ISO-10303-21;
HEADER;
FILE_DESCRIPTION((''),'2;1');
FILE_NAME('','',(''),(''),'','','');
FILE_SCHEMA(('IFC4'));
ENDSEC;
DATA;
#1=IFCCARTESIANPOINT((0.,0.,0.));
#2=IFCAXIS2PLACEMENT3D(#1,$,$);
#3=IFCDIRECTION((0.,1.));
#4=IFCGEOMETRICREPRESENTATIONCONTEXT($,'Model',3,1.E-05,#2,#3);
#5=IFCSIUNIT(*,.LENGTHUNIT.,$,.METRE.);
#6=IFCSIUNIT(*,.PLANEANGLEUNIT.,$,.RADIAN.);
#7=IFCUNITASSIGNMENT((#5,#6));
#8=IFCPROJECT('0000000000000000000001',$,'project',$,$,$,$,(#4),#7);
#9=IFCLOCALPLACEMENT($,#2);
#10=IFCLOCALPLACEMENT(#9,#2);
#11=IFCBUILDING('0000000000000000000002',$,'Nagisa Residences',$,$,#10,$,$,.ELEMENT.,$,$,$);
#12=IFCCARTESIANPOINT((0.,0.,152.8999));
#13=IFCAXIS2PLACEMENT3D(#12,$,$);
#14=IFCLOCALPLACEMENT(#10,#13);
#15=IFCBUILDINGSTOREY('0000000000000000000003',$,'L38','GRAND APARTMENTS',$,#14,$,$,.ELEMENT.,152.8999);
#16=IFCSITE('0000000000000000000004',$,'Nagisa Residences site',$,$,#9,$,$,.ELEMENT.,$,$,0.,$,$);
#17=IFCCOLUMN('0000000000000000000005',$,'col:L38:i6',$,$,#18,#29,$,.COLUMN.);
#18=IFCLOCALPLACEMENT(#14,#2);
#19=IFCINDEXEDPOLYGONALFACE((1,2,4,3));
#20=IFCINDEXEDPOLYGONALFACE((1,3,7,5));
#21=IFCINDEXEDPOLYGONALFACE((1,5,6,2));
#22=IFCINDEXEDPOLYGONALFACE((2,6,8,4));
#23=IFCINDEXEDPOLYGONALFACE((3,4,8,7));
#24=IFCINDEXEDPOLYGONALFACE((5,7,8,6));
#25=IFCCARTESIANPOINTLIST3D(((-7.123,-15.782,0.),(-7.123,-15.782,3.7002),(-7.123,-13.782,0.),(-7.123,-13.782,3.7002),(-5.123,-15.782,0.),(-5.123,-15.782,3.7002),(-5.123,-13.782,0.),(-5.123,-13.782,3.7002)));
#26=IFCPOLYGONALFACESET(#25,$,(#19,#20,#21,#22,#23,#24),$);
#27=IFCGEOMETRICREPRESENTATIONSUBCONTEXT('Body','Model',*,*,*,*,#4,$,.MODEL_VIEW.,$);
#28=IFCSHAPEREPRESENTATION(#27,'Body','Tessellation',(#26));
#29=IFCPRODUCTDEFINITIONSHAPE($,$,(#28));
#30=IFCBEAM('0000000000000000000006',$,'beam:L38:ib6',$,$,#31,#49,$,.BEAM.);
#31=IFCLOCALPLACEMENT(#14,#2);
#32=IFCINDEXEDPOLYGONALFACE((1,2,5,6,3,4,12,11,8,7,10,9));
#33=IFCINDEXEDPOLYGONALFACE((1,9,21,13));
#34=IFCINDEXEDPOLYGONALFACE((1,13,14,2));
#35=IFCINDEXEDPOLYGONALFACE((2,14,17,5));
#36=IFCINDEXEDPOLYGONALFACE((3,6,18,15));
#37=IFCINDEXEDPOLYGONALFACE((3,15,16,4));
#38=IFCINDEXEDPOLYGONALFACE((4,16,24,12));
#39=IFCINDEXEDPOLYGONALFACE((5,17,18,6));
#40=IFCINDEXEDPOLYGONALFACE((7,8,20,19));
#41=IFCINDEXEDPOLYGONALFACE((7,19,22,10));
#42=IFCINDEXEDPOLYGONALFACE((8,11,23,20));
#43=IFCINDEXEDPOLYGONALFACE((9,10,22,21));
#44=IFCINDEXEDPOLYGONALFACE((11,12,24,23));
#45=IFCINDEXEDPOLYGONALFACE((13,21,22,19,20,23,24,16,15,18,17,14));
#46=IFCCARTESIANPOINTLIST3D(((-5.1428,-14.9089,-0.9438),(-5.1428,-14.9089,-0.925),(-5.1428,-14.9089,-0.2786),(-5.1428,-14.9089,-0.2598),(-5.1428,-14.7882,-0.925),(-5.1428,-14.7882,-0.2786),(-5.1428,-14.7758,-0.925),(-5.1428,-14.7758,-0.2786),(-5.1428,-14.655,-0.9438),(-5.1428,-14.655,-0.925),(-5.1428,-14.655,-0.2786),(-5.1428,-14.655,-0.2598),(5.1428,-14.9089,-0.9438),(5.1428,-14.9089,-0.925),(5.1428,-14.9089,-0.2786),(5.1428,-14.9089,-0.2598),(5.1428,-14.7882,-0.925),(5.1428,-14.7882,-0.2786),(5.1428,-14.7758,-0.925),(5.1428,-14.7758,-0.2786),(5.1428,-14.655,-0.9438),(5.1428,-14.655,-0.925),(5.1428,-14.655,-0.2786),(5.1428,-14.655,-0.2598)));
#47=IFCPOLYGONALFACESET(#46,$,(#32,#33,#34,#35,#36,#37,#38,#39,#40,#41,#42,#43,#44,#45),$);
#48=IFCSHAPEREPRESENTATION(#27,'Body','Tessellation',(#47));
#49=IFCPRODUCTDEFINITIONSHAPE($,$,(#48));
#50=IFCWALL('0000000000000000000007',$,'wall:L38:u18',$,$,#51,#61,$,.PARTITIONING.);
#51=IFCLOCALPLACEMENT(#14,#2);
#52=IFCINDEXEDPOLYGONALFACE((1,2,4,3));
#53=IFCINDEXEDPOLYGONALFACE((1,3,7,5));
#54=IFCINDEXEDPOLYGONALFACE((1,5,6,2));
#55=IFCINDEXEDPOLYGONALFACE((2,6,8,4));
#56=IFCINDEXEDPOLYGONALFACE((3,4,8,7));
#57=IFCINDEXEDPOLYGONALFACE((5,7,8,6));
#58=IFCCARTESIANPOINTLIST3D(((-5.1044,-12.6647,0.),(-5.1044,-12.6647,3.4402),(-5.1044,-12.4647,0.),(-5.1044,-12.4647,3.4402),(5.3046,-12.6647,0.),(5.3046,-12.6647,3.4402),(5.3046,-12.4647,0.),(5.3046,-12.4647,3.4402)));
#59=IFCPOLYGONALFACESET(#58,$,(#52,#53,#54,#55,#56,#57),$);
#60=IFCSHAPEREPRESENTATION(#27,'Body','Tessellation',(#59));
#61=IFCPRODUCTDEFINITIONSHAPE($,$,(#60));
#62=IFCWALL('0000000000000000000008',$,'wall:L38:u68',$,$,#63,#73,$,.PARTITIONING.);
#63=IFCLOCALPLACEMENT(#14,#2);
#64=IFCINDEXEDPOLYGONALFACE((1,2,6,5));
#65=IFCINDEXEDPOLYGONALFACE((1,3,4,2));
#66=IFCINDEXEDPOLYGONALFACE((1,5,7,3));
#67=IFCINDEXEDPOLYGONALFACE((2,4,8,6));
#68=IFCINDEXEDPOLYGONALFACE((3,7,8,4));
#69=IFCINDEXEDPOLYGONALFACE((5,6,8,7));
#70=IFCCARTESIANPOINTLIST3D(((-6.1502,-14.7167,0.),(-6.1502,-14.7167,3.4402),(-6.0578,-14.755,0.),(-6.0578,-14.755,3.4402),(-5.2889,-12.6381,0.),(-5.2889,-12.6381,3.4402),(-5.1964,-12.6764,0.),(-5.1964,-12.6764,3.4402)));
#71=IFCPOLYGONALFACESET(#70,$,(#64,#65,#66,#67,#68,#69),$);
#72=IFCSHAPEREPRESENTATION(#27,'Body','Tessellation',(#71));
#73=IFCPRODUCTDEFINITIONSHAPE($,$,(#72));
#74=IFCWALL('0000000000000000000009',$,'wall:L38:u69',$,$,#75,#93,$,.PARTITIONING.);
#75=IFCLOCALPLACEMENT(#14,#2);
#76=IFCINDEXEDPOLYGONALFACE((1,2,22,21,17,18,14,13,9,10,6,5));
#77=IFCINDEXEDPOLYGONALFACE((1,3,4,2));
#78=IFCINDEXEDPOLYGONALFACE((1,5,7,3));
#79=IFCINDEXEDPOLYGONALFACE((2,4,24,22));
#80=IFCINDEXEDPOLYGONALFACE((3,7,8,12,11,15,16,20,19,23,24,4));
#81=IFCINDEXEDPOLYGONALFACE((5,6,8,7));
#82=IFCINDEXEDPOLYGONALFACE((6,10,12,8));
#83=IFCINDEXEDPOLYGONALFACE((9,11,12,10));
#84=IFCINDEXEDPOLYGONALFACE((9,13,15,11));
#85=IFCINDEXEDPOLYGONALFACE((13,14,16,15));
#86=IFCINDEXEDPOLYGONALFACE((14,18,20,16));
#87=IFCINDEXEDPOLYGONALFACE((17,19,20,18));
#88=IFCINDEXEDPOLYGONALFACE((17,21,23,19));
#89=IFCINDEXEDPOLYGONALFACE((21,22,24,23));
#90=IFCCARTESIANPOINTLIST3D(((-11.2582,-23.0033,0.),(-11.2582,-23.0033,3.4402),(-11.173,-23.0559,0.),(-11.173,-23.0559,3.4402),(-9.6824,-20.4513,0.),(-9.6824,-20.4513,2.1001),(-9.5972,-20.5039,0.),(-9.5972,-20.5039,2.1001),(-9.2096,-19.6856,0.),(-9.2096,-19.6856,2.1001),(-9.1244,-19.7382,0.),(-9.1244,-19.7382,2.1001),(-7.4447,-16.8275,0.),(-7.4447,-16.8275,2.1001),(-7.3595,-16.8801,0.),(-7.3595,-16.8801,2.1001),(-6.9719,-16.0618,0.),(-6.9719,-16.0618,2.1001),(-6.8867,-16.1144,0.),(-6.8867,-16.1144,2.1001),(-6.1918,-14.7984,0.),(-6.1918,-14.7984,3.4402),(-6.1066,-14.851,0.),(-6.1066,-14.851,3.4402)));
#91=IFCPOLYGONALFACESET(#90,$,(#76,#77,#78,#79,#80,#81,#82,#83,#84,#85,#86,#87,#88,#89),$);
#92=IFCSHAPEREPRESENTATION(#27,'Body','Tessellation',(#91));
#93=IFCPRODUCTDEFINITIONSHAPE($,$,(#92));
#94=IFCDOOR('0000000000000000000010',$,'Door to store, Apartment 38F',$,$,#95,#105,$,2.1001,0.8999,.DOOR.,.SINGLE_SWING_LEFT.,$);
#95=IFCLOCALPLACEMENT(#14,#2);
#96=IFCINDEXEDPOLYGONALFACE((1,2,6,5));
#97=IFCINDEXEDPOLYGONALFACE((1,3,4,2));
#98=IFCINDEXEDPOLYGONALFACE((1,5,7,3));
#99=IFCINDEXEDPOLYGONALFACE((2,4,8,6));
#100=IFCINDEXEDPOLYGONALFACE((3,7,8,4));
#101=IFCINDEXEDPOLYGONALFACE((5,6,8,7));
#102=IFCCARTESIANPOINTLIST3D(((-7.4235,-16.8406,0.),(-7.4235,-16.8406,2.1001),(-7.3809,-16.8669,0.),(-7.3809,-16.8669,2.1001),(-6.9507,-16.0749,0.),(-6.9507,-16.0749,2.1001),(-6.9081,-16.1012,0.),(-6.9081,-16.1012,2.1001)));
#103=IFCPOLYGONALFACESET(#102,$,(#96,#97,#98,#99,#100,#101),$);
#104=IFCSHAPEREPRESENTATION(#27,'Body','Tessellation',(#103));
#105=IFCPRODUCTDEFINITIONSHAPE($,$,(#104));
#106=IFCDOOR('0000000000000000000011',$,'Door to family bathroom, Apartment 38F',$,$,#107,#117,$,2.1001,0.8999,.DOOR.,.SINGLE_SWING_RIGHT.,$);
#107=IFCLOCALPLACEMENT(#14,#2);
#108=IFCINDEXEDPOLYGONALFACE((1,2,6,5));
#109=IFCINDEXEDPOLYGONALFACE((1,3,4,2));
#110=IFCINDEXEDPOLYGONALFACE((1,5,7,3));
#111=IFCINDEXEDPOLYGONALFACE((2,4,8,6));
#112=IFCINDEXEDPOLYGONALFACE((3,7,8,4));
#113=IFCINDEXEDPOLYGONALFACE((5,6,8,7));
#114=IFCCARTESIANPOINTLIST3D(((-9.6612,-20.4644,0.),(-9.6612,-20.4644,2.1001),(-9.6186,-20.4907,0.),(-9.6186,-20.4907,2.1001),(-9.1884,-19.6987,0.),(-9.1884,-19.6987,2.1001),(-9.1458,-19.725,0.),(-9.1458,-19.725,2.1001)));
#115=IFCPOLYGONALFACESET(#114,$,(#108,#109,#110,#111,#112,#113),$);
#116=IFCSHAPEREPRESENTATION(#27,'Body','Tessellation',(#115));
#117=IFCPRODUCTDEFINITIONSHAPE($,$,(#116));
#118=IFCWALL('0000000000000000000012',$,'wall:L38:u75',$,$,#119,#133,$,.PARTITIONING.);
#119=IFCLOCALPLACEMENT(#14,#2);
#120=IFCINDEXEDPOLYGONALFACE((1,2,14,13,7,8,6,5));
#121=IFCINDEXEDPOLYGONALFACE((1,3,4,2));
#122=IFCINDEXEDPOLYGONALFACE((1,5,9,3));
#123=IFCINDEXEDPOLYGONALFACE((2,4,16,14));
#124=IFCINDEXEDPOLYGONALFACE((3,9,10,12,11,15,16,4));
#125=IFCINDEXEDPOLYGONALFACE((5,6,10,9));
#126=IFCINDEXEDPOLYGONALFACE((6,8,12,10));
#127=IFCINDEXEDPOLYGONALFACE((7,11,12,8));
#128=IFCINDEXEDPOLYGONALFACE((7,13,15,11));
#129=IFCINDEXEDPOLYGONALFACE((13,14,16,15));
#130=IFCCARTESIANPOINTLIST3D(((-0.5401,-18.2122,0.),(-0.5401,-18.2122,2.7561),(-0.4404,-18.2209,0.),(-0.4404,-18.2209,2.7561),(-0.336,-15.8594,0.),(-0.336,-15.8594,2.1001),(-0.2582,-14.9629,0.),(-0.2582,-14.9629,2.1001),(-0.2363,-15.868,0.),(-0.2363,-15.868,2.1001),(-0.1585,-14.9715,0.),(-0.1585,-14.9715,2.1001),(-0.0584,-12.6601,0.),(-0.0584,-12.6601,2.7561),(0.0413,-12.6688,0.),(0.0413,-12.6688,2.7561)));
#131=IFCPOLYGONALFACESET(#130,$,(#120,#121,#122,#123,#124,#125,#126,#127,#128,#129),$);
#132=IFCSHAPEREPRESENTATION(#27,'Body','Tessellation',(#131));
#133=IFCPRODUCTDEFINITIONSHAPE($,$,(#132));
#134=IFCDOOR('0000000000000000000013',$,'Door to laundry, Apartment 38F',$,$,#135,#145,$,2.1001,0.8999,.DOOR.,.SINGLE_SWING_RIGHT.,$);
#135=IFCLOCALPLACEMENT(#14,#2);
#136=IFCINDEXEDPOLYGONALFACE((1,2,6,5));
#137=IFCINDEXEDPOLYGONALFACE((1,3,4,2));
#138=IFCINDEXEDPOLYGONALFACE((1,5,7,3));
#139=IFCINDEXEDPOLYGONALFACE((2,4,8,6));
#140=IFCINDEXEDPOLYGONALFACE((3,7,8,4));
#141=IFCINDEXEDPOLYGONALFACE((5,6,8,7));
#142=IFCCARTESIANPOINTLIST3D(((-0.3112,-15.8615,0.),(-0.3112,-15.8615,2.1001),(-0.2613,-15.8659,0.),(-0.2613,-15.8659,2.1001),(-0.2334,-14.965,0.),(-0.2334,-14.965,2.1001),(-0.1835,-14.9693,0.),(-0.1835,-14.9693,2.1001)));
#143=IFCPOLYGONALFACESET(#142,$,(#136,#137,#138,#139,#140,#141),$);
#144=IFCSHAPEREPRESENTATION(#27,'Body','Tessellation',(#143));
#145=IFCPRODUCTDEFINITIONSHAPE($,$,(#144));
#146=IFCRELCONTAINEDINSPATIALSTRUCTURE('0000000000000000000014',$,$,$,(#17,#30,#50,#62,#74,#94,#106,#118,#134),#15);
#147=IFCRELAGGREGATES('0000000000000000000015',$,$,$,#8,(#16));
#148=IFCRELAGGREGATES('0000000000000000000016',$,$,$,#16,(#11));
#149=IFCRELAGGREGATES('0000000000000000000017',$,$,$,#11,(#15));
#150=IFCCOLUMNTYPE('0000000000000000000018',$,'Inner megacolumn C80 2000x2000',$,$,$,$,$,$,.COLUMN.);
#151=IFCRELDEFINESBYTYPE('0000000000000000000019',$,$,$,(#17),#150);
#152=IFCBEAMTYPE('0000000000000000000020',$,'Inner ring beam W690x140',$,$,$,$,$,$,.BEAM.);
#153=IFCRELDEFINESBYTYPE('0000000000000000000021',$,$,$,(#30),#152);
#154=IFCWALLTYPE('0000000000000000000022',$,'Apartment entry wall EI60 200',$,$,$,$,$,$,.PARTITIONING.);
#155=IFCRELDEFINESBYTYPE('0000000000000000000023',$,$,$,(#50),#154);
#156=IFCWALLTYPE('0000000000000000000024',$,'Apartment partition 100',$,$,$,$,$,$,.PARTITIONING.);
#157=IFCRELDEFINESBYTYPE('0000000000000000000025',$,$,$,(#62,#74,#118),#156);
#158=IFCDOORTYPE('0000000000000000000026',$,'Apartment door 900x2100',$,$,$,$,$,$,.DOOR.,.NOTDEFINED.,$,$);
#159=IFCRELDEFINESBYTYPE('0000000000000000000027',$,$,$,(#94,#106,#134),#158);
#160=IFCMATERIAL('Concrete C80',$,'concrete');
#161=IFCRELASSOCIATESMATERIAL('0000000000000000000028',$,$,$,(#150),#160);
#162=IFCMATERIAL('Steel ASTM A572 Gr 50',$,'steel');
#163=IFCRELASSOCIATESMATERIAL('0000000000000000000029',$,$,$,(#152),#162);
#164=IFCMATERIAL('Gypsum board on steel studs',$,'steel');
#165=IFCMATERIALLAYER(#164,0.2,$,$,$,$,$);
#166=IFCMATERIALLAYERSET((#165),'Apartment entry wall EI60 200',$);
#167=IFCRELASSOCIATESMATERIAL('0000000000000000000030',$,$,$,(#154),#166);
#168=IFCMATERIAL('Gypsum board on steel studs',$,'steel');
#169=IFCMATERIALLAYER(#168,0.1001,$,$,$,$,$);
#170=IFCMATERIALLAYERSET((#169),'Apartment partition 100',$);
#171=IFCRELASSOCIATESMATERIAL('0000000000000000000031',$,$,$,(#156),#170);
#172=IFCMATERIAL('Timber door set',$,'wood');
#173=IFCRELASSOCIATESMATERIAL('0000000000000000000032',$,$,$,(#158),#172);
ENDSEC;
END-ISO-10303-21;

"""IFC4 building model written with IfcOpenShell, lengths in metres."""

from ifc_helpers import new_model, si_unit, direction, frame, frame_2d, origin, origin_2d, place, context, subcontext, project, spatial, rectangle, i_section, extrude, material, layer, layer_set, material_profile, profile_set, type_object, element, fill, save


model = new_model("IFC4")

# Units and contexts
model_context = context("Model", 3, precision=1e-05, world=origin(), true_north=direction((0.0, 1.0)))
body_context = subcontext(model_context, "Body", "Model", "MODEL_VIEW")
ifc_project = project(units=[si_unit("LENGTHUNIT", "METRE"), si_unit("PLANEANGLEUNIT", "RADIAN")], contexts=[model_context])

# Site, building, storey
site_placement = place(None, origin())
site = spatial("IfcSite", under=ifc_project, at=site_placement, Name="Nagisa Residences site", CompositionType="ELEMENT", RefElevation=0.0)
building_placement = place(site_placement, origin())
building = spatial("IfcBuilding", under=site, at=building_placement, Name="Nagisa Residences", CompositionType="ELEMENT")
storey_placement = place(building_placement, frame((0.0, 0.0, 152.8999)))
storey = spatial("IfcBuildingStorey", under=building, at=storey_placement, Name="L38", Description="GRAND APARTMENTS", CompositionType="ELEMENT", Elevation=152.8999)

# Column
ifc_material_1 = material(Name="Concrete C80", Category="concrete")
ifc_material_profile_1 = material_profile(ifc_material_1, rectangle(XDim=2.0, YDim=2.0, at=origin_2d()), Name="C80 2000x2000")
ifc_profile_set_1 = profile_set([ifc_material_profile_1], Name="Concrete C80")
column_type = type_object("IfcColumnType", Name="Inner megacolumn C80 2000x2000", PredefinedType="COLUMN", material=ifc_profile_set_1)
column_placement = place(storey_placement, frame((-6.123, -14.782, 0.0), z_axis=(0.0, 0.0, 1.0), x_axis=(1.0, 0.0, 0.0)))
element("IfcColumn", 1, at=column_placement, inside=storey, type_object=column_type, Name="col:L38:i6", PredefinedType="COLUMN", context=body_context, shape_type="SweptSolid", body=[
    extrude(rectangle(XDim=2.0, YDim=2.0, at=origin_2d()), origin(), (0.0, 0.0, 1.0), 3.7002),
])

# Beam
ifc_material_2 = material(Name="Steel ASTM A572 Gr 50", Category="steel")
ifc_material_profile_2 = material_profile(ifc_material_2, i_section(OverallWidth=0.2539, OverallDepth=0.6841, WebThickness=0.0125, FlangeThickness=0.0188, at=origin_2d()), Name="W690x140")
ifc_profile_set_2 = profile_set([ifc_material_profile_2], Name="Steel ASTM A572 Gr 50")
beam_type = type_object("IfcBeamType", Name="Inner ring beam W690x140", PredefinedType="BEAM", material=ifc_profile_set_2)
beam_placement = place(storey_placement, frame((-5.1428, -14.782, -0.6018), z_axis=(1.0, 0.0, 0.0), x_axis=(0.0, 1.0, 0.0)))
element("IfcBeam", 2, at=beam_placement, inside=storey, type_object=beam_type, Name="beam:L38:ib6", PredefinedType="BEAM", context=body_context, shape_type="SweptSolid", body=[
    extrude(i_section(OverallWidth=0.2539, OverallDepth=0.6841, WebThickness=0.0125, FlangeThickness=0.0188, at=origin_2d()), origin(), (0.0, 0.0, 1.0), 10.2856),
])

# Walls
ifc_material_3 = material(Name="Gypsum board on steel studs", Category="steel")
ifc_layer_1 = layer(ifc_material_3, 0.2)
ifc_layer_set_1 = layer_set([ifc_layer_1], Name="Apartment entry wall EI60 200")
wall_type_1 = type_object("IfcWallType", Name="Apartment entry wall EI60 200", PredefinedType="PARTITIONING", material=ifc_layer_set_1)
wall_1_placement = place(storey_placement, frame((-5.1045, -12.5647, 0.0), z_axis=(0.0, 0.0, 1.0), x_axis=(1.0, 0.0, 0.0)))
element("IfcWall", 3, at=wall_1_placement, inside=storey, type_object=wall_type_1, Name="wall:L38:u18", PredefinedType="PARTITIONING", context=body_context, shape_type="SweptSolid", body=[
    extrude(rectangle(XDim=10.4089, YDim=0.2, at=frame_2d((5.2046, 0.0))), origin(), (0.0, 0.0, 1.0), 3.4402),
])
ifc_material_4 = material(Name="Gypsum board on steel studs", Category="steel")
ifc_layer_2 = layer(ifc_material_4, 0.1001)
ifc_layer_set_2 = layer_set([ifc_layer_2], Name="Apartment partition 100")
wall_type_2 = type_object("IfcWallType", Name="Apartment partition 100", PredefinedType="PARTITIONING", material=ifc_layer_set_2)
wall_2_placement = place(storey_placement, frame((-5.2427, -12.6572, 0.0), z_axis=(0.0, 0.0, 1.0), x_axis=(-0.382812, -0.923826, 0.0)))
element("IfcWall", 4, at=wall_2_placement, inside=storey, type_object=wall_type_2, Name="wall:L38:u68", PredefinedType="PARTITIONING", context=body_context, shape_type="SweptSolid", body=[
    extrude(rectangle(XDim=2.25, YDim=0.1001, at=frame_2d((1.125, 0.0))), origin(), (0.0, 0.0, 1.0), 3.4402),
])

# Wall, openings, doors
wall_3_placement = place(storey_placement, frame((-6.1492, -14.8247, 0.0), z_axis=(0.0, 0.0, 1.0), x_axis=(-0.525396, -0.850858, 0.0)))
wall_3 = element("IfcWall", 5, at=wall_3_placement, inside=storey, type_object=wall_type_2, Name="wall:L38:u69", PredefinedType="PARTITIONING", context=body_context, shape_type="SweptSolid", body=[
    extrude(rectangle(XDim=9.6431, YDim=0.1001, at=frame_2d((4.8215, 0.0))), origin(), (0.0, 0.0, 1.0), 3.4402),
])
opening_1_placement = place(wall_3_placement, frame((1.4849, 0.0, 0.0)))
opening_1 = element("IfcOpeningElement", 6, at=opening_1_placement, cuts=wall_3, PredefinedType="OPENING", context=body_context, shape_type="SweptSolid", body=[
    extrude(rectangle(XDim=0.8999, YDim=2.1001, at=frame_2d((0.45, 1.05))), frame((0.0, 0.0601, 0.0), z_axis=(0.0, -1.0, 0.0), x_axis=(1.0, 0.0, 0.0)), (0.0, 0.0, 1.0), 0.1201),
])
opening_2_placement = place(wall_3_placement, frame((5.7439, 0.0, 0.0)))
opening_2 = element("IfcOpeningElement", 7, at=opening_2_placement, cuts=wall_3, PredefinedType="OPENING", context=body_context, shape_type="SweptSolid", body=[
    extrude(rectangle(XDim=0.8999, YDim=2.1001, at=frame_2d((0.45, 1.05))), frame((0.0, 0.0601, 0.0), z_axis=(0.0, -1.0, 0.0), x_axis=(1.0, 0.0, 0.0)), (0.0, 0.0, 1.0), 0.1201),
])
ifc_material_5 = material(Name="Timber door set", Category="wood")
door_type_1 = type_object("IfcDoorType", Name="Apartment door 900x2100", OperationType="NOTDEFINED", PredefinedType="DOOR", material=ifc_material_5)
door_1_placement = place(opening_1_placement, origin())
door_1 = element("IfcDoor", 8, at=door_1_placement, inside=storey, type_object=door_type_1, Name="Door to store, Apartment 38F", OperationType="SINGLE_SWING_LEFT", OverallHeight=2.1001, OverallWidth=0.8999, PredefinedType="DOOR", context=body_context, shape_type="SweptSolid", body=[
    extrude(rectangle(XDim=0.8999, YDim=2.1001, at=frame_2d((0.45, 1.05))), frame((0.0, 0.0249, 0.0), z_axis=(0.0, -1.0, 0.0), x_axis=(1.0, 0.0, 0.0)), (0.0, 0.0, 1.0), 0.05),
])
fill(opening_1, door_1)
door_2_placement = place(opening_2_placement, origin())
door_2 = element("IfcDoor", 9, at=door_2_placement, inside=storey, type_object=door_type_1, Name="Door to family bathroom, Apartment 38F", OperationType="SINGLE_SWING_RIGHT", OverallHeight=2.1001, OverallWidth=0.8999, PredefinedType="DOOR", context=body_context, shape_type="SweptSolid", body=[
    extrude(rectangle(XDim=0.8999, YDim=2.1001, at=frame_2d((0.45, 1.05))), frame((0.0, 0.0249, 0.0), z_axis=(0.0, -1.0, 0.0), x_axis=(1.0, 0.0, 0.0)), (0.0, 0.0, 1.0), 0.05),
])
fill(opening_2, door_2)

# Wall, opening, door
wall_4_placement = place(storey_placement, frame((-0.0085, -12.6643, 0.0), z_axis=(0.0, 0.0, 1.0), x_axis=(-0.086431, -0.996258, 0.0)))
wall_4 = element("IfcWall", 10, at=wall_4_placement, inside=storey, type_object=wall_type_2, Name="wall:L38:u75", PredefinedType="PARTITIONING", context=body_context, shape_type="SweptSolid", body=[
    extrude(rectangle(XDim=5.573, YDim=0.1001, at=frame_2d((2.7866, 0.0))), origin(), (0.0, 0.0, 1.0), 2.7561),
])
opening_3_placement = place(wall_4_placement, frame((2.3115, 0.0, 0.0)))
opening_3 = element("IfcOpeningElement", 11, at=opening_3_placement, cuts=wall_4, PredefinedType="OPENING", context=body_context, shape_type="SweptSolid", body=[
    extrude(rectangle(XDim=0.8999, YDim=2.1001, at=frame_2d((0.45, 1.05))), frame((0.0, 0.0601, 0.0), z_axis=(0.0, -1.0, 0.0), x_axis=(1.0, 0.0, 0.0)), (0.0, 0.0, 1.0), 0.1201),
])
door_3_placement = place(opening_3_placement, origin())
door_3 = element("IfcDoor", 12, at=door_3_placement, inside=storey, type_object=door_type_1, Name="Door to laundry, Apartment 38F", OperationType="SINGLE_SWING_RIGHT", OverallHeight=2.1001, OverallWidth=0.8999, PredefinedType="DOOR", context=body_context, shape_type="SweptSolid", body=[
    extrude(rectangle(XDim=0.8999, YDim=2.1001, at=frame_2d((0.45, 1.05))), frame((0.0, 0.0249, 0.0), z_axis=(0.0, -1.0, 0.0), x_axis=(1.0, 0.0, 0.0)), (0.0, 0.0, 1.0), 0.05),
])
fill(opening_3, door_3)

save(model, "model.ifc")
